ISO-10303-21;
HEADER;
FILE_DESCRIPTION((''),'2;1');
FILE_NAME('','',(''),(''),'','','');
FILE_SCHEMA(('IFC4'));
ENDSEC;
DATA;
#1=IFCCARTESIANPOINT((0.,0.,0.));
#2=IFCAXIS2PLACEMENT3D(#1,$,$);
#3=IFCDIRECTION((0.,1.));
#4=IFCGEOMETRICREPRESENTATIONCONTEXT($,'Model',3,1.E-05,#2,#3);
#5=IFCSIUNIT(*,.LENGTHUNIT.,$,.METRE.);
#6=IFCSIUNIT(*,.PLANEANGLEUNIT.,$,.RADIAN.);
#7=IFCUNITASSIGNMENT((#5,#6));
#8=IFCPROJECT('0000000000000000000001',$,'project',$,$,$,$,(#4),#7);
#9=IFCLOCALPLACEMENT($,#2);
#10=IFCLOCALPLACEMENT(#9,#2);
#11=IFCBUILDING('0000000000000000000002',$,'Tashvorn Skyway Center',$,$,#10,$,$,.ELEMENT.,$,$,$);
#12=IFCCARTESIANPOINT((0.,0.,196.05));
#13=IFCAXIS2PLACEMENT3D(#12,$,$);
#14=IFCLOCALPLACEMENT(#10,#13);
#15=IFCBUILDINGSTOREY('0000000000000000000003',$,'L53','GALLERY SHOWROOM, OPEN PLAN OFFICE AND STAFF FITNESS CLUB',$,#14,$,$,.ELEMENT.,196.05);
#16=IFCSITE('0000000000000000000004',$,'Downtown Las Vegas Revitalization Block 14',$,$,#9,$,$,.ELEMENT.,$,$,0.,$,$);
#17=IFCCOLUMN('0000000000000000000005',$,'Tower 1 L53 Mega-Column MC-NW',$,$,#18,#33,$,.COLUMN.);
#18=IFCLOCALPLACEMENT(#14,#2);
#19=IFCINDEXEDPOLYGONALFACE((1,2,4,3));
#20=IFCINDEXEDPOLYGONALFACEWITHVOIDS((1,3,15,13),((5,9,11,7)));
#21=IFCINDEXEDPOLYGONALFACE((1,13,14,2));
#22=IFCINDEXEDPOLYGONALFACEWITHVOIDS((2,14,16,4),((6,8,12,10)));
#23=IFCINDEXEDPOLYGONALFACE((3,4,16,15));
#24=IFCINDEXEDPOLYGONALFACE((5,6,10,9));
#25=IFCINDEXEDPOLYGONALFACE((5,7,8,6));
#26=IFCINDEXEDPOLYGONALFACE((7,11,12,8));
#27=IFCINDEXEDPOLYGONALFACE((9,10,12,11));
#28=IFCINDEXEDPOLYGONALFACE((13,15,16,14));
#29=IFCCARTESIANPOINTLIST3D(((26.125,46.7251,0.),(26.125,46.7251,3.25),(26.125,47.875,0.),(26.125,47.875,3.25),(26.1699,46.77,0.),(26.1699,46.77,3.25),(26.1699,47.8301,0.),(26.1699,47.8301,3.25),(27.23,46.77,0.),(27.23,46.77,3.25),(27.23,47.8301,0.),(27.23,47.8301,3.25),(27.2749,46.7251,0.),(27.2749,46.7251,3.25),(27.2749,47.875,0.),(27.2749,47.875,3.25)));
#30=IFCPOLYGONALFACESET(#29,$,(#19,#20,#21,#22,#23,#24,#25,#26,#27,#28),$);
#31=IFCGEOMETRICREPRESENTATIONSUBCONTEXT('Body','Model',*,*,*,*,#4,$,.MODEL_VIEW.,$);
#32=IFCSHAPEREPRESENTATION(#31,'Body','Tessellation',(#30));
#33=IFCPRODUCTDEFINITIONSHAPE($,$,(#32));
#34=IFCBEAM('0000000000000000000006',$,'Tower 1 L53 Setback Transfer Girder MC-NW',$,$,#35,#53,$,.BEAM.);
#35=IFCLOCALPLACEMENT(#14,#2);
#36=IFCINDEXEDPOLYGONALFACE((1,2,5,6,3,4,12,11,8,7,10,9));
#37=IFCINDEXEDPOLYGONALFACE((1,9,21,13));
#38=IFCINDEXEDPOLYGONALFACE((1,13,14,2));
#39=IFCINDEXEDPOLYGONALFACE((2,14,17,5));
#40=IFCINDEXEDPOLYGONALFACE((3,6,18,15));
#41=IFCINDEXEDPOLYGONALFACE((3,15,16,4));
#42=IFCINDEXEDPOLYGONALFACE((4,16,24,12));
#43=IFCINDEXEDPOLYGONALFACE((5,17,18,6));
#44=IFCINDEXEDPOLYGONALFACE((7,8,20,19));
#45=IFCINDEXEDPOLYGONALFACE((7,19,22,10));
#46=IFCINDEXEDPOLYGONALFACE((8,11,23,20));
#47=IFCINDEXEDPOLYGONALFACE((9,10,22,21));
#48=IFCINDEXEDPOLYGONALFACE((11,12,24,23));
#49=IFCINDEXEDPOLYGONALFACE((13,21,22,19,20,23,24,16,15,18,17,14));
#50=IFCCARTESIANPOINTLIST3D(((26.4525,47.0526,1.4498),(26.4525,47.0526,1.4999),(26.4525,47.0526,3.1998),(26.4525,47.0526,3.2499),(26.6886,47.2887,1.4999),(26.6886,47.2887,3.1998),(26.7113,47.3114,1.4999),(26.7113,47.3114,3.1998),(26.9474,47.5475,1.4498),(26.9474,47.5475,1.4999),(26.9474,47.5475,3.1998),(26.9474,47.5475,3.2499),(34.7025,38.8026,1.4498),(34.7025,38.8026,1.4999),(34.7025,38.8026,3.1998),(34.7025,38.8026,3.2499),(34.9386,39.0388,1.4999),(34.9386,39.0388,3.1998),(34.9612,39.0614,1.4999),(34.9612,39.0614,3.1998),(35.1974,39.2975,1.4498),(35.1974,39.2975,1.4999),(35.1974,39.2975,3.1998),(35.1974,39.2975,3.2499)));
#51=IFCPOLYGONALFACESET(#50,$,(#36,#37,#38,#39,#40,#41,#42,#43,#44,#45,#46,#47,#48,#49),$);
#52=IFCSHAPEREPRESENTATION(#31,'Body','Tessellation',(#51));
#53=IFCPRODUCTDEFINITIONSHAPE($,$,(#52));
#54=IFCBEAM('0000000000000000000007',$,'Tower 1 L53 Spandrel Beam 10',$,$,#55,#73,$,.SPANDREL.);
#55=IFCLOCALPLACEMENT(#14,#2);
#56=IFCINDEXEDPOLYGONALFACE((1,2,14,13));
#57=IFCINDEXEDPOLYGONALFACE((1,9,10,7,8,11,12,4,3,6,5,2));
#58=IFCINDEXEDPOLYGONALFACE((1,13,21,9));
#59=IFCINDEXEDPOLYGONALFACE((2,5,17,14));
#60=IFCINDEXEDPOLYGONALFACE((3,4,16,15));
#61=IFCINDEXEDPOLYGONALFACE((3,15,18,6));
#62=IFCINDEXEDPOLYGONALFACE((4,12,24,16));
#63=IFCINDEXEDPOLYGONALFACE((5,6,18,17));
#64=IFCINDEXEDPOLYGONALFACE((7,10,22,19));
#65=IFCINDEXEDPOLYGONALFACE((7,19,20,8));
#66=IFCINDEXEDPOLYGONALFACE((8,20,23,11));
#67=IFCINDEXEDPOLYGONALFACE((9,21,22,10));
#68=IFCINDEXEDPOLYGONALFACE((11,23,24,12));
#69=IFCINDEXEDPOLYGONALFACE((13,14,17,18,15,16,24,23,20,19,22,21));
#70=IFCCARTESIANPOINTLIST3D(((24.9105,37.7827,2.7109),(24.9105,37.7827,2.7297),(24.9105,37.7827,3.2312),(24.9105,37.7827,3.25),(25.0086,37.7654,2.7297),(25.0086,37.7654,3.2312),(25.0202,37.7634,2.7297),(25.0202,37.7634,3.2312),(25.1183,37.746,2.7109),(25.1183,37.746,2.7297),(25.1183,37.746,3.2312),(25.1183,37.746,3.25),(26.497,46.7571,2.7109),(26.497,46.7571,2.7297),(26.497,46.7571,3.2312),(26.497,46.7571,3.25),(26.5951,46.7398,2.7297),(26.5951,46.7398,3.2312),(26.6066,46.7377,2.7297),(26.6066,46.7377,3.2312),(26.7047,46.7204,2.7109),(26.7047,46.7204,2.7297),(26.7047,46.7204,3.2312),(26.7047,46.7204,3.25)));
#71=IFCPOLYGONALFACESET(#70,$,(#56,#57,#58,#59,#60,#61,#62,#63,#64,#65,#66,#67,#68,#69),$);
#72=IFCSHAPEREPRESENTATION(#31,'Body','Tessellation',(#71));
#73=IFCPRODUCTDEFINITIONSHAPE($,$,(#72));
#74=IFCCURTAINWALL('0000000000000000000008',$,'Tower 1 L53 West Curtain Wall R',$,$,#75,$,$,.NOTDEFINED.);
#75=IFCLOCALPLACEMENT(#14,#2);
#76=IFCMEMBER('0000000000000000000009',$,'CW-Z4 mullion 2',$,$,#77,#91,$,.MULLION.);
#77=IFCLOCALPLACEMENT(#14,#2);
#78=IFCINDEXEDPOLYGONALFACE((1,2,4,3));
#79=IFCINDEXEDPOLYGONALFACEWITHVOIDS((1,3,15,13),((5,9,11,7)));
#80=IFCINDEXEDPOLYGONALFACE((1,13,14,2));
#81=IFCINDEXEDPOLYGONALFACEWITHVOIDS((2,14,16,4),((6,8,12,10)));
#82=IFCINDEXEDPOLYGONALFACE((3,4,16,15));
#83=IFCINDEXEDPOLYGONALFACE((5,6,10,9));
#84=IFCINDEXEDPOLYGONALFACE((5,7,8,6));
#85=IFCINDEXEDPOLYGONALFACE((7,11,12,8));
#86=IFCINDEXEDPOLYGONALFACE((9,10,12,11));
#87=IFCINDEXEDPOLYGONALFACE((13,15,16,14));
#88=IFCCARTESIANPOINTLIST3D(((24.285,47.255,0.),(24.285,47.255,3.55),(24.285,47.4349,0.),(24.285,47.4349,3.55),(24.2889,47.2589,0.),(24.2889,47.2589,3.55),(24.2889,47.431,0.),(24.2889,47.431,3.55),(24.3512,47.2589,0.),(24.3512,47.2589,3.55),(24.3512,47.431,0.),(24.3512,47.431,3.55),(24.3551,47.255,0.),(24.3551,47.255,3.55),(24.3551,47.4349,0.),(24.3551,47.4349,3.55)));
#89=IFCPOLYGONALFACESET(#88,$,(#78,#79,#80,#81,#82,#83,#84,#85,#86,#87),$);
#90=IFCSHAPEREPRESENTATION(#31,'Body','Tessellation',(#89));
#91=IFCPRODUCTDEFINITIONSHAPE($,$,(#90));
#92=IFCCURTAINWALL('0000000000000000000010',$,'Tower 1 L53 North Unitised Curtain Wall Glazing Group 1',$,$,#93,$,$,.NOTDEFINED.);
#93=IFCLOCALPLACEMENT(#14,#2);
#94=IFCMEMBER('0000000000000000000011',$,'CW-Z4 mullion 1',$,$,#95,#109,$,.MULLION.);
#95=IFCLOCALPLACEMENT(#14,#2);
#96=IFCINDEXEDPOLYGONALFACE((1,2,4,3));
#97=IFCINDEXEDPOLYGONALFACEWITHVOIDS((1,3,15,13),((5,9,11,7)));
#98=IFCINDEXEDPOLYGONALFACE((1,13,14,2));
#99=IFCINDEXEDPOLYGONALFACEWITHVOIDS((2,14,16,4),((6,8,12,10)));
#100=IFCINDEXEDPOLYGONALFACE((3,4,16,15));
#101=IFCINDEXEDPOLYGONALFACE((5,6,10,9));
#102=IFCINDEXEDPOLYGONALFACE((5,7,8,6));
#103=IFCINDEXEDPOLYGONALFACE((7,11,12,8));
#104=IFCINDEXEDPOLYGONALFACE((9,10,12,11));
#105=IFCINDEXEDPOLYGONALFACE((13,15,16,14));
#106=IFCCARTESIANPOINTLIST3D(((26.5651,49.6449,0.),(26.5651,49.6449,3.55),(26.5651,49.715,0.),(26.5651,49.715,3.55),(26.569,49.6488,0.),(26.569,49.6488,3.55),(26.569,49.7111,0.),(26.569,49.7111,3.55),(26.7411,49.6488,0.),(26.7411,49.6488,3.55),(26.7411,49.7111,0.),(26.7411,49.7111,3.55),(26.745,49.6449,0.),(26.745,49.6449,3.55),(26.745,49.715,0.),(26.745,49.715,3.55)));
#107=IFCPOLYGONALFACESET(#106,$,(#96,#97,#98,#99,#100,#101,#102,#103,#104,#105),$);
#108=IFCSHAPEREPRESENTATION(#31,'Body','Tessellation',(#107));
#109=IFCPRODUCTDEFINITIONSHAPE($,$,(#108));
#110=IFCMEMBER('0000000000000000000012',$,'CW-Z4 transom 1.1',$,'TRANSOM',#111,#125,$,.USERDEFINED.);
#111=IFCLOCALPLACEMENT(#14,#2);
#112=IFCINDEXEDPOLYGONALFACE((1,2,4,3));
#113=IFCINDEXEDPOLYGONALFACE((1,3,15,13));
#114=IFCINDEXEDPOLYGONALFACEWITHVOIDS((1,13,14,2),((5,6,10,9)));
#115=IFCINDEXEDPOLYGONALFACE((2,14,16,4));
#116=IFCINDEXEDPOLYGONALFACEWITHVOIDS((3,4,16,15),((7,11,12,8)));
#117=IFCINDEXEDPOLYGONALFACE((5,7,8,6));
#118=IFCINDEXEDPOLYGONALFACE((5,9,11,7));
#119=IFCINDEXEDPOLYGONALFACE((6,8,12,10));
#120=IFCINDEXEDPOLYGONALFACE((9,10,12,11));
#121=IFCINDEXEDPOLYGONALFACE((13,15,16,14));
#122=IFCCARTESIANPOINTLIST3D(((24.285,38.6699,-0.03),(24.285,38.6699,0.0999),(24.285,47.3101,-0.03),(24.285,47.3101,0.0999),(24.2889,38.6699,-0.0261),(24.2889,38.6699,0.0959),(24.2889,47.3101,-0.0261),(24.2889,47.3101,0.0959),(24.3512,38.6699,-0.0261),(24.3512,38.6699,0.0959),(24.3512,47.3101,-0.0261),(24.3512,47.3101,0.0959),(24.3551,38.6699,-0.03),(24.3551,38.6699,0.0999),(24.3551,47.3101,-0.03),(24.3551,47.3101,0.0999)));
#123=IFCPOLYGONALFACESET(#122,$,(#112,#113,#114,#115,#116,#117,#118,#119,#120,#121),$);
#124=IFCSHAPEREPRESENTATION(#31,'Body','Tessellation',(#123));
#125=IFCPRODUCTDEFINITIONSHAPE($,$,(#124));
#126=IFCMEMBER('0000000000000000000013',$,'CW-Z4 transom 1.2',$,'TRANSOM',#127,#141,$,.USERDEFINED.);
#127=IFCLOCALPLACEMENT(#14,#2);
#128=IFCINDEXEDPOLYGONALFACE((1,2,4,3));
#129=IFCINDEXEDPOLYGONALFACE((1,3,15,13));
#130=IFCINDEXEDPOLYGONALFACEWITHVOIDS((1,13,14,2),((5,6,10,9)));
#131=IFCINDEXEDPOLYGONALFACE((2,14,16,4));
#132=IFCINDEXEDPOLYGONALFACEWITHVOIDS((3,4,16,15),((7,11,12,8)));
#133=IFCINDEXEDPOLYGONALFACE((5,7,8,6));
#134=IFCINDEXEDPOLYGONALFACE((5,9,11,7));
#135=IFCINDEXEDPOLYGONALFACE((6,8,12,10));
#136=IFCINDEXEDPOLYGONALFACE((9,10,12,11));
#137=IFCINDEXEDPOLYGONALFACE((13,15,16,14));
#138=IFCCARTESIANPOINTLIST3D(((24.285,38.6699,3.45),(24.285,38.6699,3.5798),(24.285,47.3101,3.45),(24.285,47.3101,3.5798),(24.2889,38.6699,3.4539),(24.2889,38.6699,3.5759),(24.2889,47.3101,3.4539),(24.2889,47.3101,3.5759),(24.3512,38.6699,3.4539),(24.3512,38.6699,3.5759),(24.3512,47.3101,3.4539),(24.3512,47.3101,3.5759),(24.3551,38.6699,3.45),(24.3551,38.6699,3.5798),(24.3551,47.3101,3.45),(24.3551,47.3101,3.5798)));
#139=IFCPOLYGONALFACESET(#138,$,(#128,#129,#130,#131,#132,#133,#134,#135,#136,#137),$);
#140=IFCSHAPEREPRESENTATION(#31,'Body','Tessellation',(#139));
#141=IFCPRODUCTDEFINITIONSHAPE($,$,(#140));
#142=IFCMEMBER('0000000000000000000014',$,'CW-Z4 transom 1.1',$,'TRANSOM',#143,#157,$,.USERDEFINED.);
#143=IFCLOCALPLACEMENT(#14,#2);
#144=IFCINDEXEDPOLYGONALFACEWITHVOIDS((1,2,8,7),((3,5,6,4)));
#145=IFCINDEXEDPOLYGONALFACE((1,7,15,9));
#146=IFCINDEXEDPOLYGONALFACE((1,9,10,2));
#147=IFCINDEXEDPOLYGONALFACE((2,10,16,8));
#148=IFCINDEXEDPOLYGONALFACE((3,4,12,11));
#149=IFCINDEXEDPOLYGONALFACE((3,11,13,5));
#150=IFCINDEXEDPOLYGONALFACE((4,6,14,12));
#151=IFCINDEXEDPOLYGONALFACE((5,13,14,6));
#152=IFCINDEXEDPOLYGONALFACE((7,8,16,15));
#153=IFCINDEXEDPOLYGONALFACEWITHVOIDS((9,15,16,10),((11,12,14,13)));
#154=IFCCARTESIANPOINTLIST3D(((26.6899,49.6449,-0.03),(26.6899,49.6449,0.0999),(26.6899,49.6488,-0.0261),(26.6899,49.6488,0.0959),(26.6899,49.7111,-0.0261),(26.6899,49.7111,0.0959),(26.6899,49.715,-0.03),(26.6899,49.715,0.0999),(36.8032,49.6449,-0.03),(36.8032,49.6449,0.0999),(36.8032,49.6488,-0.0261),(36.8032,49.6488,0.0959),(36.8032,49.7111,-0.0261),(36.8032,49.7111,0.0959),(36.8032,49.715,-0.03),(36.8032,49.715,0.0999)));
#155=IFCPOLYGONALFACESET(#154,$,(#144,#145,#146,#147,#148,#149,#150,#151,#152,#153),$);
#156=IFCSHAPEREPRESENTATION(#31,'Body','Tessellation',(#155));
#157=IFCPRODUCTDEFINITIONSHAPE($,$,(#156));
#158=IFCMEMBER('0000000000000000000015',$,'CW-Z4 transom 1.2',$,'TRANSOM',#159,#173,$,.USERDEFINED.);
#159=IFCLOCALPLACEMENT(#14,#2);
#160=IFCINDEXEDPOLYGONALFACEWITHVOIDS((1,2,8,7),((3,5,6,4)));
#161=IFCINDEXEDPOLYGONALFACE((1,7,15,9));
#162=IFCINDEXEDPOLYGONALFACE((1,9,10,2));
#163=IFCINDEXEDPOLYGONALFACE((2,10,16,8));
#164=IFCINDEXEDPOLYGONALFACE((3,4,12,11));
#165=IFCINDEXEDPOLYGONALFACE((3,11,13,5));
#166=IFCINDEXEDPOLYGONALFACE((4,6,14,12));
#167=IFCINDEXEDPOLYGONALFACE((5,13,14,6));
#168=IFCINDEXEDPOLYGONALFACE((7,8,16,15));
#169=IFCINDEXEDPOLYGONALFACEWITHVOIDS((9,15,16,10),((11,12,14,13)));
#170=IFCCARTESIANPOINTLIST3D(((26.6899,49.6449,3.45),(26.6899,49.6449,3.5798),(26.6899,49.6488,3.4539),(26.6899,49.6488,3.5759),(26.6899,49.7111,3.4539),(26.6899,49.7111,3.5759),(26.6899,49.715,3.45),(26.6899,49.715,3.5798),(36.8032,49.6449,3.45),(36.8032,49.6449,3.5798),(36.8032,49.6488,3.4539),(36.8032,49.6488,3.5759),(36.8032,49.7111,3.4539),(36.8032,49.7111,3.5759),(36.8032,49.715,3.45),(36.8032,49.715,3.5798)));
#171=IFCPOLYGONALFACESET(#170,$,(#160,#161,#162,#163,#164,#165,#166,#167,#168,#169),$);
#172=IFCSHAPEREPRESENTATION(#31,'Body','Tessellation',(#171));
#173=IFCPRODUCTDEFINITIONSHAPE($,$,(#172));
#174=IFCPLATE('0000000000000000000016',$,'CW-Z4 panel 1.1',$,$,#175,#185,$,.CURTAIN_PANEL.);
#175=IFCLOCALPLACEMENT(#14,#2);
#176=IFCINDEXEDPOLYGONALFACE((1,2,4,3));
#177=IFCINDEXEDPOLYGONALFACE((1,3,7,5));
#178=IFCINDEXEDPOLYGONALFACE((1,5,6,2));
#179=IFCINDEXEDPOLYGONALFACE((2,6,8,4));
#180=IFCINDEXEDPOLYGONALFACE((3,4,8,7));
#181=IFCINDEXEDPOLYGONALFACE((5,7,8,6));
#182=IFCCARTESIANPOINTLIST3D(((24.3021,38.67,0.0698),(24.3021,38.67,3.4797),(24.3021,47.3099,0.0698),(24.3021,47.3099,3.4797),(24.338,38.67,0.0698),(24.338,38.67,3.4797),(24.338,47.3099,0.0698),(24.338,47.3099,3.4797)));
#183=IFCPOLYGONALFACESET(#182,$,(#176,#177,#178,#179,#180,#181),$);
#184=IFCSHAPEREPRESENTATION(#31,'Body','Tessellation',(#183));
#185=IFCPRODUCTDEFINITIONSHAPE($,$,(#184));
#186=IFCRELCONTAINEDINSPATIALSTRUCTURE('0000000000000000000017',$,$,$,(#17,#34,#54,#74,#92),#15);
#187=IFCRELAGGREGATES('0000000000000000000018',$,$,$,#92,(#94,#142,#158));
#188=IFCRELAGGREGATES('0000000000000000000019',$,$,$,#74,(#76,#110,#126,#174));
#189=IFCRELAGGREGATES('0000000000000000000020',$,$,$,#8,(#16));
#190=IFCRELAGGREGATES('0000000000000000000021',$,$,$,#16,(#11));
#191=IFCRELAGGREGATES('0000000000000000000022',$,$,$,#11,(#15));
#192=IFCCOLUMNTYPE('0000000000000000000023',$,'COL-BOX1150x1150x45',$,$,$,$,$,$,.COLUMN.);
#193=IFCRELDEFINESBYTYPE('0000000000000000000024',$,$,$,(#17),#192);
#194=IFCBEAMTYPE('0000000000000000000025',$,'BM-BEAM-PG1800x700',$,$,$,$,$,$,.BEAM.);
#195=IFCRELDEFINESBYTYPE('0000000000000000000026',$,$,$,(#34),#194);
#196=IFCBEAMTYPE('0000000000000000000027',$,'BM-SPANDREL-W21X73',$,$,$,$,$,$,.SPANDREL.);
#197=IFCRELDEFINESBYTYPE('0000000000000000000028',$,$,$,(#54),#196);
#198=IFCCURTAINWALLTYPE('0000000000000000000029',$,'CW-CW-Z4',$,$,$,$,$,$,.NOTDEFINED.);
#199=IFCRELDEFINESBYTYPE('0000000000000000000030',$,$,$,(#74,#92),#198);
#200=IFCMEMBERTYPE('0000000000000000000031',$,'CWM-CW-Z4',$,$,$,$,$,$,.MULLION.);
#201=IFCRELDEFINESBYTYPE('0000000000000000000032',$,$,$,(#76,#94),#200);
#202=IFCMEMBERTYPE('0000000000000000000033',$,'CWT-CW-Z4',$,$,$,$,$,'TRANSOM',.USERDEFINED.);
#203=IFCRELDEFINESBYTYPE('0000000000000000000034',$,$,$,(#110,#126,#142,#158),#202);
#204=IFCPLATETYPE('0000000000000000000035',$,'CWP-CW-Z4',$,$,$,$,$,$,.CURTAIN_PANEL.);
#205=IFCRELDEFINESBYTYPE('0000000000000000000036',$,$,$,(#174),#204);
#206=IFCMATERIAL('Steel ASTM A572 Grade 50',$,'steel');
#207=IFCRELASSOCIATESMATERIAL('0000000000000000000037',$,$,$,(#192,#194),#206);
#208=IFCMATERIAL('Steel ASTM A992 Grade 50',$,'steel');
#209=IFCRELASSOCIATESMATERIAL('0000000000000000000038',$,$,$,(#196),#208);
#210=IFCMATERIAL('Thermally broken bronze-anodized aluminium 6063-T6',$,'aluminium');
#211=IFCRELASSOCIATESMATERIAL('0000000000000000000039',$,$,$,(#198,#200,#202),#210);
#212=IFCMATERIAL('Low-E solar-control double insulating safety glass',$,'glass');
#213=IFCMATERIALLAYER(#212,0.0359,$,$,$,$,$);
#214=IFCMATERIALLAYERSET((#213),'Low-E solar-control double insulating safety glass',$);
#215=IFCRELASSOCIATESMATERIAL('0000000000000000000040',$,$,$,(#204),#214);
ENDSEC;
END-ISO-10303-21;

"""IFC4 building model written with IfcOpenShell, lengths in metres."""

from ifc_helpers import new_model, si_unit, direction, frame, origin, origin_2d, place, context, subcontext, project, spatial, rectangle, hollow_rectangle, i_section, extrude, material, layer, layer_set, material_profile, profile_set, type_object, element, aggregate, save


model = new_model("IFC4")

# Units and contexts
model_context = context("Model", 3, precision=1e-05, world=origin(), true_north=direction((0.0, 1.0)))
body_context = subcontext(model_context, "Body", "Model", "MODEL_VIEW")
ifc_project = project(units=[si_unit("LENGTHUNIT", "METRE"), si_unit("PLANEANGLEUNIT", "RADIAN")], contexts=[model_context])

# Site, building, storey
site_placement = place(None, origin())
site = spatial("IfcSite", under=ifc_project, at=site_placement, Name="Downtown Las Vegas Revitalization Block 14", CompositionType="ELEMENT", RefElevation=0.0)
building_placement = place(site_placement, origin())
building = spatial("IfcBuilding", under=site, at=building_placement, Name="Tashvorn Skyway Center", CompositionType="ELEMENT")
storey_placement = place(building_placement, frame((0.0, 0.0, 196.05)))
storey = spatial("IfcBuildingStorey", under=building, at=storey_placement, Name="L53", Description="GALLERY SHOWROOM, OPEN PLAN OFFICE AND STAFF FITNESS CLUB", CompositionType="ELEMENT", Elevation=196.05)

# Column
ifc_material_1 = material(Name="Steel ASTM A572 Grade 50", Category="steel")
ifc_material_profile_1 = material_profile(ifc_material_1, hollow_rectangle(XDim=1.1499, YDim=1.1499, WallThickness=0.0449, at=origin_2d()), Name="BOX1150x1150x45")
ifc_profile_set_1 = profile_set([ifc_material_profile_1], Name="Steel ASTM A572 Grade 50")
column_type = type_object("IfcColumnType", Name="COL-BOX1150x1150x45", PredefinedType="COLUMN", material=ifc_profile_set_1)
column_placement = place(storey_placement, frame((26.7, 47.3, 0.0), z_axis=(0.0, 0.0, 1.0), x_axis=(1.0, 0.0, 0.0)))
element("IfcColumn", 1, at=column_placement, inside=storey, type_object=column_type, Name="Tower 1 L53 Mega-Column MC-NW", PredefinedType="COLUMN", context=body_context, shape_type="SweptSolid", body=[
    extrude(hollow_rectangle(XDim=1.1499, YDim=1.1499, WallThickness=0.0449, at=origin_2d()), origin(), (0.0, 0.0, 1.0), 3.25),
])

# Beams
ifc_material_profile_2 = material_profile(ifc_material_1, i_section(OverallWidth=0.7, OverallDepth=1.8, WebThickness=0.032, FlangeThickness=0.05, at=origin_2d()), Name="PG1800x700")
ifc_profile_set_2 = profile_set([ifc_material_profile_2], Name="Steel ASTM A572 Grade 50")
beam_type_1 = type_object("IfcBeamType", Name="BM-BEAM-PG1800x700", PredefinedType="BEAM", material=ifc_profile_set_2)
beam_1_placement = place(storey_placement, frame((26.7, 47.3, 2.3499), z_axis=(0.707107, -0.707107, 0.0), x_axis=(0.707107, 0.707107, 0.0)))
element("IfcBeam", 2, at=beam_1_placement, inside=storey, type_object=beam_type_1, Name="Tower 1 L53 Setback Transfer Girder MC-NW", PredefinedType="BEAM", context=body_context, shape_type="SweptSolid", body=[
    extrude(i_section(OverallWidth=0.7, OverallDepth=1.8, WebThickness=0.032, FlangeThickness=0.05, at=origin_2d()), origin(), (0.0, 0.0, 1.0), 11.6672),
])
ifc_material_2 = material(Name="Steel ASTM A992 Grade 50", Category="steel")
ifc_material_profile_3 = material_profile(ifc_material_2, i_section(OverallWidth=0.2109, OverallDepth=0.5391, WebThickness=0.0117, FlangeThickness=0.0188, at=origin_2d()), Name="W21X73")
ifc_profile_set_3 = profile_set([ifc_material_profile_3], Name="Steel ASTM A992 Grade 50")
beam_type_2 = type_object("IfcBeamType", Name="BM-SPANDREL-W21X73", PredefinedType="SPANDREL", material=ifc_profile_set_3)
beam_2_placement = place(storey_placement, frame((26.6008, 46.7388, 2.9805), z_axis=(-0.174074, -0.984733, 0.0), x_axis=(0.984733, -0.174074, 0.0)))
element("IfcBeam", 3, at=beam_2_placement, inside=storey, type_object=beam_type_2, Name="Tower 1 L53 Spandrel Beam 10", PredefinedType="SPANDREL", context=body_context, shape_type="SweptSolid", body=[
    extrude(i_section(OverallWidth=0.2109, OverallDepth=0.5391, WebThickness=0.0117, FlangeThickness=0.0188, at=origin_2d()), origin(), (0.0, 0.0, 1.0), 9.1135),
])

# Curtain walls, members
ifc_material_3 = material(Name="Thermally broken bronze-anodized aluminium 6063-T6", Category="aluminium")
curtain_wall_type = type_object("IfcCurtainWallType", Name="CW-CW-Z4", PredefinedType="NOTDEFINED", material=ifc_material_3)
curtain_wall_1_placement = place(storey_placement, origin())
curtain_wall_1 = element("IfcCurtainWall", 4, at=curtain_wall_1_placement, inside=storey, type_object=curtain_wall_type, Name="Tower 1 L53 West Curtain Wall R", PredefinedType="NOTDEFINED")
ifc_material_profile_4 = material_profile(ifc_material_3, hollow_rectangle(XDim=0.0701, YDim=0.1799, WallThickness=0.0039, at=origin_2d()), Name="ALU-MULL-70x180")
ifc_profile_set_4 = profile_set([ifc_material_profile_4], Name="Thermally broken bronze-anodized aluminium 6063-T6")
member_type_1 = type_object("IfcMemberType", Name="CWM-CW-Z4", PredefinedType="MULLION", material=ifc_profile_set_4)
member_1_placement = place(storey_placement, frame((24.3201, 47.345, 0.0), z_axis=(0.0, 0.0, 1.0), x_axis=(-1.0, 0.0, 0.0)))
member_1 = element("IfcMember", 5, at=member_1_placement, type_object=member_type_1, Name="CW-Z4 mullion 2", PredefinedType="MULLION", context=body_context, shape_type="SweptSolid", body=[
    extrude(hollow_rectangle(XDim=0.0701, YDim=0.1799, WallThickness=0.0039, at=origin_2d()), origin(), (0.0, 0.0, 1.0), 3.55),
])
curtain_wall_2_placement = place(storey_placement, origin())
curtain_wall_2 = element("IfcCurtainWall", 6, at=curtain_wall_2_placement, inside=storey, type_object=curtain_wall_type, Name="Tower 1 L53 North Unitised Curtain Wall Glazing Group 1", PredefinedType="NOTDEFINED")
member_2_placement = place(storey_placement, frame((26.655, 49.6799, 0.0), z_axis=(0.0, 0.0, 1.0), x_axis=(0.0, 1.0, 0.0)))
member_2 = element("IfcMember", 7, at=member_2_placement, type_object=member_type_1, Name="CW-Z4 mullion 1", PredefinedType="MULLION", context=body_context, shape_type="SweptSolid", body=[
    extrude(hollow_rectangle(XDim=0.0701, YDim=0.1799, WallThickness=0.0039, at=origin_2d()), origin(), (0.0, 0.0, 1.0), 3.55),
])

# Members
ifc_material_profile_5 = material_profile(ifc_material_3, hollow_rectangle(XDim=0.0701, YDim=0.1299, WallThickness=0.0039, at=origin_2d()), Name="ALU-TRAN-70x130")
ifc_profile_set_5 = profile_set([ifc_material_profile_5], Name="Thermally broken bronze-anodized aluminium 6063-T6")
member_type_2 = type_object("IfcMemberType", Name="CWT-CW-Z4", ElementType="TRANSOM", PredefinedType="USERDEFINED", material=ifc_profile_set_5)
member_3_placement = place(storey_placement, frame((24.3201, 38.6699, 0.0349), z_axis=(0.0, 1.0, 0.0), x_axis=(-1.0, 0.0, 0.0)))
member_3 = element("IfcMember", 8, at=member_3_placement, type_object=member_type_2, Name="CW-Z4 transom 1.1", ObjectType="TRANSOM", PredefinedType="USERDEFINED", context=body_context, shape_type="SweptSolid", body=[
    extrude(hollow_rectangle(XDim=0.0701, YDim=0.1299, WallThickness=0.0039, at=origin_2d()), origin(), (0.0, 0.0, 1.0), 8.6401),
])
member_4_placement = place(storey_placement, frame((24.3201, 38.6699, 3.5149), z_axis=(0.0, 1.0, 0.0), x_axis=(-1.0, 0.0, 0.0)))
member_4 = element("IfcMember", 9, at=member_4_placement, type_object=member_type_2, Name="CW-Z4 transom 1.2", ObjectType="TRANSOM", PredefinedType="USERDEFINED", context=body_context, shape_type="SweptSolid", body=[
    extrude(hollow_rectangle(XDim=0.0701, YDim=0.1299, WallThickness=0.0039, at=origin_2d()), origin(), (0.0, 0.0, 1.0), 8.6401),
])
member_5_placement = place(storey_placement, frame((26.6899, 49.6799, 0.0349), z_axis=(1.0, 0.0, 0.0), x_axis=(0.0, 1.0, 0.0)))
member_5 = element("IfcMember", 10, at=member_5_placement, type_object=member_type_2, Name="CW-Z4 transom 1.1", ObjectType="TRANSOM", PredefinedType="USERDEFINED", context=body_context, shape_type="SweptSolid", body=[
    extrude(hollow_rectangle(XDim=0.0701, YDim=0.1299, WallThickness=0.0039, at=origin_2d()), origin(), (0.0, 0.0, 1.0), 10.1133),
])
member_6_placement = place(storey_placement, frame((26.6899, 49.6799, 3.5149), z_axis=(1.0, 0.0, 0.0), x_axis=(0.0, 1.0, 0.0)))
member_6 = element("IfcMember", 11, at=member_6_placement, type_object=member_type_2, Name="CW-Z4 transom 1.2", ObjectType="TRANSOM", PredefinedType="USERDEFINED", context=body_context, shape_type="SweptSolid", body=[
    extrude(hollow_rectangle(XDim=0.0701, YDim=0.1299, WallThickness=0.0039, at=origin_2d()), origin(), (0.0, 0.0, 1.0), 10.1133),
])
aggregate(curtain_wall_2, [member_2, member_5, member_6])

# Plate
ifc_material_4 = material(Name="Low-E solar-control double insulating safety glass", Category="glass")
ifc_layer_1 = layer(ifc_material_4, 0.0359)
ifc_layer_set_1 = layer_set([ifc_layer_1], Name="Low-E solar-control double insulating safety glass")
plate_type_1 = type_object("IfcPlateType", Name="CWP-CW-Z4", PredefinedType="CURTAIN_PANEL", material=ifc_layer_set_1)
plate_1_placement = place(storey_placement, frame((24.3201, 42.99, 0.0698), z_axis=(0.0, 0.0, 1.0), x_axis=(0.0, 1.0, 0.0)))
plate_1 = element("IfcPlate", 12, at=plate_1_placement, type_object=plate_type_1, Name="CW-Z4 panel 1.1", PredefinedType="CURTAIN_PANEL", context=body_context, shape_type="SweptSolid", body=[
    extrude(rectangle(XDim=8.6399, YDim=0.0359, at=origin_2d()), origin(), (0.0, 0.0, 1.0), 3.4099),
])
aggregate(curtain_wall_1, [member_1, member_3, member_4, plate_1])

save(model, "model.ifc")
